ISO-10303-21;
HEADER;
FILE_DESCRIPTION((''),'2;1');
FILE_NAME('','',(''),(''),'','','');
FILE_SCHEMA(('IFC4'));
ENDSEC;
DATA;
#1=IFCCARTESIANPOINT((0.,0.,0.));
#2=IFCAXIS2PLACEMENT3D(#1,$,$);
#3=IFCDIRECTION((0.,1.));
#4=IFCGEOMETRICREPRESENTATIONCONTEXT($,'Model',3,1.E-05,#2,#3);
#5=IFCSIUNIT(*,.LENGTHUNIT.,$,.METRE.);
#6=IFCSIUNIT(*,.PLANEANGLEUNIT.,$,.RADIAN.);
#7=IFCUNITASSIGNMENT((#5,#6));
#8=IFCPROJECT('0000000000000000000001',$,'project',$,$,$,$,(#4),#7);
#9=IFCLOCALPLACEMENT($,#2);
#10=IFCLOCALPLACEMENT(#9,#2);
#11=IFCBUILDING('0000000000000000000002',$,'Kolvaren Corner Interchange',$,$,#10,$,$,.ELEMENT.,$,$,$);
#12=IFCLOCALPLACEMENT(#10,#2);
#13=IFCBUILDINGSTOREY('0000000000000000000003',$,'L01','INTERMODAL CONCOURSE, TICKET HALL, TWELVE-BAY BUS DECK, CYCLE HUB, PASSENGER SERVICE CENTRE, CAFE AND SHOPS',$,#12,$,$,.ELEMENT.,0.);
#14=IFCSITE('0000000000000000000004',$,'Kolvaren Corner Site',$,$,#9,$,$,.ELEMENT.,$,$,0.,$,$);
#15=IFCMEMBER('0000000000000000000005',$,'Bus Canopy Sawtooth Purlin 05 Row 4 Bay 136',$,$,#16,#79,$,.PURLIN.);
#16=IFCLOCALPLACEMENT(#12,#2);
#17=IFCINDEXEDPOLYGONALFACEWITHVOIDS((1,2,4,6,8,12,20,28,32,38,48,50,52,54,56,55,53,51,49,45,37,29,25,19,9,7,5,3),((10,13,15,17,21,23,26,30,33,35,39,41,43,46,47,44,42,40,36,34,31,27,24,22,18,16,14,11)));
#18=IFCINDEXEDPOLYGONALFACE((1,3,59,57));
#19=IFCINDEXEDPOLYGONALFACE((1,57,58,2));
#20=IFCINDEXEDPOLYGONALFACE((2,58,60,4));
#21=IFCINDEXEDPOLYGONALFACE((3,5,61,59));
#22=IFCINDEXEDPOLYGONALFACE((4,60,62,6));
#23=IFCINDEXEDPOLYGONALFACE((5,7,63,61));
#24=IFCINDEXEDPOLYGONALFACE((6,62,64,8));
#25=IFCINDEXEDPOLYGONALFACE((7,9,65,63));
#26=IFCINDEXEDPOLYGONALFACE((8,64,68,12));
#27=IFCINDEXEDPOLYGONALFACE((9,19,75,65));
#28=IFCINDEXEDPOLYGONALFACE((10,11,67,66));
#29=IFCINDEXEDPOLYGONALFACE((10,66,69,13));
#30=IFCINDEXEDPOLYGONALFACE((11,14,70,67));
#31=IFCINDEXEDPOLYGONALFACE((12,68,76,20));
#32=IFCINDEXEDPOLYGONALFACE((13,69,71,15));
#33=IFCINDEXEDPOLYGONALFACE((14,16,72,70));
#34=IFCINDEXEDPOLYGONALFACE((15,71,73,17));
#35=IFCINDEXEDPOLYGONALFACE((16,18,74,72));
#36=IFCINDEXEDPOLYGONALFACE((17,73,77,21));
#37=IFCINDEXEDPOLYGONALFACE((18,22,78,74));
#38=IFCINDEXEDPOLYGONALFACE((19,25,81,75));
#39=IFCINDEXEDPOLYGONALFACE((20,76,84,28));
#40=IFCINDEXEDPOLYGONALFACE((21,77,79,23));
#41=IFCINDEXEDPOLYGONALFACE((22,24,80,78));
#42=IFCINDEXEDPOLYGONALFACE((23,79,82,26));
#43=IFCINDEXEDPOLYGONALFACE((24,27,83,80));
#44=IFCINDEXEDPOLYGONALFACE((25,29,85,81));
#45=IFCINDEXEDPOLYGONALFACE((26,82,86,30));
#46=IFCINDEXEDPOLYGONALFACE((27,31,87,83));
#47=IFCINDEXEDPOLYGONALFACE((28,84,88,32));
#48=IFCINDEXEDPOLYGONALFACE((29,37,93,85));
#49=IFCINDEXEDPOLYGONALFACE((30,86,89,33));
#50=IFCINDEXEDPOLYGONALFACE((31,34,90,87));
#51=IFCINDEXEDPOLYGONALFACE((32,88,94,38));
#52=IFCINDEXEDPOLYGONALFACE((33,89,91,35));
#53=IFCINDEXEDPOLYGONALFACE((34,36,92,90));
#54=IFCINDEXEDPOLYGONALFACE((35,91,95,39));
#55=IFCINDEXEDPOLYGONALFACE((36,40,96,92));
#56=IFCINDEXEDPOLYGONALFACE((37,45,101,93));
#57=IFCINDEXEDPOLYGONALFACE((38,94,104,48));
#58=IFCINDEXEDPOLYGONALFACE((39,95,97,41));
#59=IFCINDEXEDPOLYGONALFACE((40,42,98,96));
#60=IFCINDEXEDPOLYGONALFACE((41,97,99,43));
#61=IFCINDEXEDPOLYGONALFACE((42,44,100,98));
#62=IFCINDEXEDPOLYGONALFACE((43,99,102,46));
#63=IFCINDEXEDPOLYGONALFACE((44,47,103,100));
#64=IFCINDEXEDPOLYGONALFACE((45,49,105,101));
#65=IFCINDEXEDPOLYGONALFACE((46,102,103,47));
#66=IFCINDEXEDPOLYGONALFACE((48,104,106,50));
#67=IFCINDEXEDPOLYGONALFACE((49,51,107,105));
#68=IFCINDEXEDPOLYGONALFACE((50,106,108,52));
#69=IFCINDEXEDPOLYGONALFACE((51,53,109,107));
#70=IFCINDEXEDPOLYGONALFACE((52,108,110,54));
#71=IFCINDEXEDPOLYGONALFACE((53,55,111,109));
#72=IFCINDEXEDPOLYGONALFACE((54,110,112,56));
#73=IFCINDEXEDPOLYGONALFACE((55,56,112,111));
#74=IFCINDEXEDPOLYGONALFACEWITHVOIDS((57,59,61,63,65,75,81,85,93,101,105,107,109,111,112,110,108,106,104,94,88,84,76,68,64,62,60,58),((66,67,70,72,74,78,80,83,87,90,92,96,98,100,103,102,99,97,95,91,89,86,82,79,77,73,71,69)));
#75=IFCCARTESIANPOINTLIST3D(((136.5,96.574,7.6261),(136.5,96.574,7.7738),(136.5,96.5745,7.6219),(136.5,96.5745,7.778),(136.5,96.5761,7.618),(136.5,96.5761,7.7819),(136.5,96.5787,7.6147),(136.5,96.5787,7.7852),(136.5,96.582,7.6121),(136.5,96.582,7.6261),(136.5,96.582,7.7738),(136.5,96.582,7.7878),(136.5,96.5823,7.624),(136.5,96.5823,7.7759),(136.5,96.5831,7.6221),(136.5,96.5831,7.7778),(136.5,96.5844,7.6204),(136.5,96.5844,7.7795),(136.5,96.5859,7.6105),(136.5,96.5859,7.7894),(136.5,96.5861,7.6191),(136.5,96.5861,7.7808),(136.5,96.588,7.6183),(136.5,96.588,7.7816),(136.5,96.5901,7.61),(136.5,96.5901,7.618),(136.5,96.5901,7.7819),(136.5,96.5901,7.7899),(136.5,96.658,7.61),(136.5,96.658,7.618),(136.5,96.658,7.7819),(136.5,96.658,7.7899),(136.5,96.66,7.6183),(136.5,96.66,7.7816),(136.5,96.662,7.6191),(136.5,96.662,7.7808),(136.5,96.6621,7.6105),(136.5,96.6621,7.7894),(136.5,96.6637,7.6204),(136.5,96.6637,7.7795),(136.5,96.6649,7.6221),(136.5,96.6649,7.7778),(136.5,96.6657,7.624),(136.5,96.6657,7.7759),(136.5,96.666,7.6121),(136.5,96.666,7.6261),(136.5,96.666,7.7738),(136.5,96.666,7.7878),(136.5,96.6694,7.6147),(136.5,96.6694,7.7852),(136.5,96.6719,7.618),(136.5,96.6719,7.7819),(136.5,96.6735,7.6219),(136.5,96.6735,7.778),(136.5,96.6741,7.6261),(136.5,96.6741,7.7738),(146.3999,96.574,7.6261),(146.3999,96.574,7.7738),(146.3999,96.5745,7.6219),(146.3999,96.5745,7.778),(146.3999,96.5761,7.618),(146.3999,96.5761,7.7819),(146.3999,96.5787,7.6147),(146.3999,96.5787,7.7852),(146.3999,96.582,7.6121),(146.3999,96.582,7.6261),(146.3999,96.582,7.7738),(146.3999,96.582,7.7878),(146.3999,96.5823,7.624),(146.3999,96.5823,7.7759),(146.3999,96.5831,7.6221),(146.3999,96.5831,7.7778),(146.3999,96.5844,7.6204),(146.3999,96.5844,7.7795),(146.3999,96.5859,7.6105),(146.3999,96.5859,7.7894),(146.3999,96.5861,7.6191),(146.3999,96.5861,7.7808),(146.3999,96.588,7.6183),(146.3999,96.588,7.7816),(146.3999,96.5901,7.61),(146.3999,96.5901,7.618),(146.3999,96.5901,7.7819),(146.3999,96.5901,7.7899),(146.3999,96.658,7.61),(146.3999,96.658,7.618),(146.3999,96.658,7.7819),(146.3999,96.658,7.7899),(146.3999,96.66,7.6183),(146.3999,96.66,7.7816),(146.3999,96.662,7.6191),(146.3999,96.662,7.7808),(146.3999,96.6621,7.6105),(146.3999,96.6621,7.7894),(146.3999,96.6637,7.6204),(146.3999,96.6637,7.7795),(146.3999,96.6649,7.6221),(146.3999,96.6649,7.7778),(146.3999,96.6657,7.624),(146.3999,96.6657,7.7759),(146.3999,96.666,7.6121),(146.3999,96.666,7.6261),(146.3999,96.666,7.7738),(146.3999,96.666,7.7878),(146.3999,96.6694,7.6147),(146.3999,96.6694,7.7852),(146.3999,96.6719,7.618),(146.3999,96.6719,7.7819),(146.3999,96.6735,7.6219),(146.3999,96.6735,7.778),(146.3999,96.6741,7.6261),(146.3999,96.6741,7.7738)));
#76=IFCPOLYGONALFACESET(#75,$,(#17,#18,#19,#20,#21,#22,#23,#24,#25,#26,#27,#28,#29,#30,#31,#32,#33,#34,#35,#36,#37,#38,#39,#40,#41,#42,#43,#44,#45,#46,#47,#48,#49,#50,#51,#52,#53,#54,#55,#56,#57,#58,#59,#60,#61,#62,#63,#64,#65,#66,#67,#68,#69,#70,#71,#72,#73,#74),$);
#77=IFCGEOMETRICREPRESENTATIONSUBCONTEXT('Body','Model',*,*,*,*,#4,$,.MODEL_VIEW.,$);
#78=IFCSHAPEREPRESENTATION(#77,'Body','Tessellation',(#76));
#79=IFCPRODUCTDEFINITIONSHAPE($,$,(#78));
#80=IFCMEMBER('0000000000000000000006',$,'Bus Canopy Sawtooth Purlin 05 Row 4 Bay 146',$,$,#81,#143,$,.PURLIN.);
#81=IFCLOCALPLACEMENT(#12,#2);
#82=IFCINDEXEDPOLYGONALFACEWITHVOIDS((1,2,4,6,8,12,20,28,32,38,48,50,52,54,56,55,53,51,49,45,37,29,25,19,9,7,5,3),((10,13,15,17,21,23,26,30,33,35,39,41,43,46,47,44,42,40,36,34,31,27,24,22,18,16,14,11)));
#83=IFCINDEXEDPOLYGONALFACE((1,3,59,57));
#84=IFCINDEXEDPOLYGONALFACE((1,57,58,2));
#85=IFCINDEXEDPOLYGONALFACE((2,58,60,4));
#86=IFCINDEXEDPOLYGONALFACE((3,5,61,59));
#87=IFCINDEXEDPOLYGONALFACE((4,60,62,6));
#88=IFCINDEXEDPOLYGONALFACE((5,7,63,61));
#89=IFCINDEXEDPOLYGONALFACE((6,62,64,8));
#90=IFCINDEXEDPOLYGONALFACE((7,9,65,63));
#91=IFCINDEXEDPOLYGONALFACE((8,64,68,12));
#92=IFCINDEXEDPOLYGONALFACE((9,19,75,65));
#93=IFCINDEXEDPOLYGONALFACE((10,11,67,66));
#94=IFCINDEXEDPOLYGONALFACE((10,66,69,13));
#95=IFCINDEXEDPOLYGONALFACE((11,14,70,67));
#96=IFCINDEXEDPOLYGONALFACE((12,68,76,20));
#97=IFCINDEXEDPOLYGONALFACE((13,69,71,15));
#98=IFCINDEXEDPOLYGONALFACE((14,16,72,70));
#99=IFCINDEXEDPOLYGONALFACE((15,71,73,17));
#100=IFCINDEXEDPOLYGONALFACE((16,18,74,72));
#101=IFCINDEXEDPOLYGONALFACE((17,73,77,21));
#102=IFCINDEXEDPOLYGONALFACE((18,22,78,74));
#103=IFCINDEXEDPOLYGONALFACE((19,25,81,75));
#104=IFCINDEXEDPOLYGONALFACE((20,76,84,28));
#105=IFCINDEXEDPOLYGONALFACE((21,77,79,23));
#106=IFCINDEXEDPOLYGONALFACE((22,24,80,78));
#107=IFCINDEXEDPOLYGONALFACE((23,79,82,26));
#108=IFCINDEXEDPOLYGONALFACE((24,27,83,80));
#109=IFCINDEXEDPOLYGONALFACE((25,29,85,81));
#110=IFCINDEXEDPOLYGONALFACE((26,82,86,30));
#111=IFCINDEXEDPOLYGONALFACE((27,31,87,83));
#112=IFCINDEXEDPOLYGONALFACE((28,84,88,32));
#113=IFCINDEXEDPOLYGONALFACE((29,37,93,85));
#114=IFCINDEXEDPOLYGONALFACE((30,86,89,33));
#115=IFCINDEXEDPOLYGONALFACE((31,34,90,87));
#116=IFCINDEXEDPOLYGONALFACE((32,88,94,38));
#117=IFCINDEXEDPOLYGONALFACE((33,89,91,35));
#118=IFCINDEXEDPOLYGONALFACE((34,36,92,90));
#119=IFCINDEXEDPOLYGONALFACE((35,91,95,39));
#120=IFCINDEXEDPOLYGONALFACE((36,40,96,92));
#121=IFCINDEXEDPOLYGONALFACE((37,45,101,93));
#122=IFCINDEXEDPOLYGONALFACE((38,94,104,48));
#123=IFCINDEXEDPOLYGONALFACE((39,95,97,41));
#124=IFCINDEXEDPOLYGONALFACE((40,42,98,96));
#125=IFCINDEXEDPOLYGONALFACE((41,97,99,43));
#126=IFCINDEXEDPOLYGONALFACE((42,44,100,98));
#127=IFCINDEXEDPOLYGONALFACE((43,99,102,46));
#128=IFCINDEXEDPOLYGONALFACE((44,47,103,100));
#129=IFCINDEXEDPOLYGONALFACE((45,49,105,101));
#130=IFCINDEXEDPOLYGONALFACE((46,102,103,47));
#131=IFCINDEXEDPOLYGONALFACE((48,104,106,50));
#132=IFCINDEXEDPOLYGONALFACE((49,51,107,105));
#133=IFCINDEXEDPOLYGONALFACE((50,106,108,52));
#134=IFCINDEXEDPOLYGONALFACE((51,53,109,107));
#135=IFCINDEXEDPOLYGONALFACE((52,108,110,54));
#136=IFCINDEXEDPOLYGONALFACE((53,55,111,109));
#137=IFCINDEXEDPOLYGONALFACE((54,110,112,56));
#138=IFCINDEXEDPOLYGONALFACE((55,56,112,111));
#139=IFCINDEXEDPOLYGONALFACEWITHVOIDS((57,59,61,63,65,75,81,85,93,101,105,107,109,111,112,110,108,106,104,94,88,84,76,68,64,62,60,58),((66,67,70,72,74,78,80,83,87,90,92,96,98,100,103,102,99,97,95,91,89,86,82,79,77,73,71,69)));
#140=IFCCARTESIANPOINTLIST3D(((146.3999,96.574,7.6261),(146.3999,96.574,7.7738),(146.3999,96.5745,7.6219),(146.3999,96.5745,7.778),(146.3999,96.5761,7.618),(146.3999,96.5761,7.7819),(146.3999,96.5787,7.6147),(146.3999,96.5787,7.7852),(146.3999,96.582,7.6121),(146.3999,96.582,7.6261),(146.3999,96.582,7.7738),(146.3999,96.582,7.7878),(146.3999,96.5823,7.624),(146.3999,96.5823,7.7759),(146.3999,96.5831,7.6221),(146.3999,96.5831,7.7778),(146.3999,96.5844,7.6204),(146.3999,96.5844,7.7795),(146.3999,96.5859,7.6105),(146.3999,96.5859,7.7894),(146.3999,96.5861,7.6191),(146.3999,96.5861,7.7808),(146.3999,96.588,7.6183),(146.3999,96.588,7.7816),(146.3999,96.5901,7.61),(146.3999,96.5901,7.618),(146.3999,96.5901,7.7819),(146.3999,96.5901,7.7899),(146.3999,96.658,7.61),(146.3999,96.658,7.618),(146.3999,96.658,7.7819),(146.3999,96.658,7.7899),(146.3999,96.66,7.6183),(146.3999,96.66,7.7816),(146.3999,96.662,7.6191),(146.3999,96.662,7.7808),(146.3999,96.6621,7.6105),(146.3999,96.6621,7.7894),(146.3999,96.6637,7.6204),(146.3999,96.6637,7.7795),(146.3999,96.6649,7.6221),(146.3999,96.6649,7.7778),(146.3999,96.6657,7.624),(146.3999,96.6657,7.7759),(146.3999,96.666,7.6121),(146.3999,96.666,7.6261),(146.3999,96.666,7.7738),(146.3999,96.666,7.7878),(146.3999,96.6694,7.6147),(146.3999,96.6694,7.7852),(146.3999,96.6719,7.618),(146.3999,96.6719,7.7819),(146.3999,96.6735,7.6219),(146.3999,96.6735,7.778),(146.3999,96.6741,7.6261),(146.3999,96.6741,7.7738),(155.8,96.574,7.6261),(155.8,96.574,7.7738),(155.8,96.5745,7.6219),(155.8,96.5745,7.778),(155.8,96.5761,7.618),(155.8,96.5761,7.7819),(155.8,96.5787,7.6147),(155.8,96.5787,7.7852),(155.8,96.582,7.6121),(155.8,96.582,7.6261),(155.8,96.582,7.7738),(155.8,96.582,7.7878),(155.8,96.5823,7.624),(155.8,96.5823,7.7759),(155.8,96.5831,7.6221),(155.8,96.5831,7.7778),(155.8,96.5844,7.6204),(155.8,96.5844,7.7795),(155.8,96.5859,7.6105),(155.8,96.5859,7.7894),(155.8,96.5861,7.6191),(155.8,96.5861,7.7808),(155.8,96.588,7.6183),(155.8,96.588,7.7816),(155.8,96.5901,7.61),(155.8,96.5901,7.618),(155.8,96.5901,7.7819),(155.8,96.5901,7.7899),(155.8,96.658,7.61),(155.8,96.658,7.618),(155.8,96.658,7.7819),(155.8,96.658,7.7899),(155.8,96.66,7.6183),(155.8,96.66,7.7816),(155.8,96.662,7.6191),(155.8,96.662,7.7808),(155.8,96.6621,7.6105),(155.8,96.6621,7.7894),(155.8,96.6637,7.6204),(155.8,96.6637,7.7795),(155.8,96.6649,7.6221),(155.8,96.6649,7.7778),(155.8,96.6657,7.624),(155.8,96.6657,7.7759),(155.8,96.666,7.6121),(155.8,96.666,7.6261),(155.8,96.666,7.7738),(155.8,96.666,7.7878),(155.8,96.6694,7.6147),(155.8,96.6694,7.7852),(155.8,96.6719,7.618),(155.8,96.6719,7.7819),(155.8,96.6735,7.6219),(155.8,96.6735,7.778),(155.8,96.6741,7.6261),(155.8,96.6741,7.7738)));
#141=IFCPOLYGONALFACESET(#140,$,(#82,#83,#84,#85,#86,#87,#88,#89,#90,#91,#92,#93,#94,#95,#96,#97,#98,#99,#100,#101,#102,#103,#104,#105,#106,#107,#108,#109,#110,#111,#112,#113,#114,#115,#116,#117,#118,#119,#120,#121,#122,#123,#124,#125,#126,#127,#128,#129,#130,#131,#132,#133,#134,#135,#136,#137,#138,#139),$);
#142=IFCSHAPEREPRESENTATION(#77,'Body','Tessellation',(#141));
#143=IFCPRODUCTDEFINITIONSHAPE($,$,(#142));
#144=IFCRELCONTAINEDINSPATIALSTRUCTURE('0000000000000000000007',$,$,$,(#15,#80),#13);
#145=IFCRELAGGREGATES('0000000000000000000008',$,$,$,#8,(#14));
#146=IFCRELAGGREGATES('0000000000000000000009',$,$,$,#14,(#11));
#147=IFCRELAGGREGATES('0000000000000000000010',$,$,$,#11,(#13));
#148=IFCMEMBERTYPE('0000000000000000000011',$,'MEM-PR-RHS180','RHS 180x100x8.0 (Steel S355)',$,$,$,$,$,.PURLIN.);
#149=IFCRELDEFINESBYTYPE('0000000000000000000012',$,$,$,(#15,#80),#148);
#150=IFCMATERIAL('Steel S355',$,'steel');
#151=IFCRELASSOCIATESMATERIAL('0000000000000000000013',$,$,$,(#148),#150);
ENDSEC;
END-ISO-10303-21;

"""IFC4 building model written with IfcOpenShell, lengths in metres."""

from ifc_helpers import new_model, si_unit, direction, frame, origin, origin_2d, place, context, subcontext, project, spatial, hollow_rectangle, extrude, material, material_profile, profile_set, type_object, element, save


model = new_model("IFC4")

# Units and contexts
model_context = context("Model", 3, precision=1e-05, world=origin(), true_north=direction((0.0, 1.0)))
body_context = subcontext(model_context, "Body", "Model", "MODEL_VIEW")
ifc_project = project(units=[si_unit("LENGTHUNIT", "METRE"), si_unit("PLANEANGLEUNIT", "RADIAN")], contexts=[model_context])

# Site, building, storey
site_placement = place(None, origin())
site = spatial("IfcSite", under=ifc_project, at=site_placement, Name="Kolvaren Corner Site", CompositionType="ELEMENT", RefElevation=0.0)
building_placement = place(site_placement, origin())
building = spatial("IfcBuilding", under=site, at=building_placement, Name="Kolvaren Corner Interchange", CompositionType="ELEMENT")
storey_placement = place(building_placement, origin())
storey = spatial("IfcBuildingStorey", under=building, at=storey_placement, Name="L01", Description="INTERMODAL CONCOURSE, TICKET HALL, TWELVE-BAY BUS DECK, CYCLE HUB, PASSENGER SERVICE CENTRE, CAFE AND SHOPS", CompositionType="ELEMENT", Elevation=0.0)

# Members
ifc_material_1 = material(Name="Steel S355", Category="steel")
ifc_material_profile_1 = material_profile(ifc_material_1, hollow_rectangle(XDim=0.1001, YDim=0.1799, WallThickness=0.0081, InnerFilletRadius=0.0081, OuterFilletRadius=0.0161, at=origin_2d()), Name="RHS 180x100x8.0")
ifc_profile_set_1 = profile_set([ifc_material_profile_1], Name="Steel S355")
member_type_1 = type_object("IfcMemberType", Name="MEM-PR-RHS180", Description="RHS 180x100x8.0 (Steel S355)", PredefinedType="PURLIN", material=ifc_profile_set_1)
member_1_placement = place(storey_placement, frame((136.5, 96.624, 7.7), z_axis=(1.0, 0.0, 0.0), x_axis=(0.0, 1.0, 0.0)))
element("IfcMember", 1, at=member_1_placement, inside=storey, type_object=member_type_1, Name="Bus Canopy Sawtooth Purlin 05 Row 4 Bay 136", PredefinedType="PURLIN", context=body_context, shape_type="SweptSolid", body=[
    extrude(hollow_rectangle(XDim=0.1001, YDim=0.1799, WallThickness=0.0081, InnerFilletRadius=0.0081, OuterFilletRadius=0.0161, at=origin_2d()), origin(), (0.0, 0.0, 1.0), 9.8999),
])
member_2_placement = place(storey_placement, frame((146.3999, 96.624, 7.7), z_axis=(1.0, 0.0, 0.0), x_axis=(0.0, 1.0, 0.0)))
element("IfcMember", 2, at=member_2_placement, inside=storey, type_object=member_type_1, Name="Bus Canopy Sawtooth Purlin 05 Row 4 Bay 146", PredefinedType="PURLIN", context=body_context, shape_type="SweptSolid", body=[
    extrude(hollow_rectangle(XDim=0.1001, YDim=0.1799, WallThickness=0.0081, InnerFilletRadius=0.0081, OuterFilletRadius=0.0161, at=origin_2d()), origin(), (0.0, 0.0, 1.0), 9.4001),
])

save(model, "model.ifc")
